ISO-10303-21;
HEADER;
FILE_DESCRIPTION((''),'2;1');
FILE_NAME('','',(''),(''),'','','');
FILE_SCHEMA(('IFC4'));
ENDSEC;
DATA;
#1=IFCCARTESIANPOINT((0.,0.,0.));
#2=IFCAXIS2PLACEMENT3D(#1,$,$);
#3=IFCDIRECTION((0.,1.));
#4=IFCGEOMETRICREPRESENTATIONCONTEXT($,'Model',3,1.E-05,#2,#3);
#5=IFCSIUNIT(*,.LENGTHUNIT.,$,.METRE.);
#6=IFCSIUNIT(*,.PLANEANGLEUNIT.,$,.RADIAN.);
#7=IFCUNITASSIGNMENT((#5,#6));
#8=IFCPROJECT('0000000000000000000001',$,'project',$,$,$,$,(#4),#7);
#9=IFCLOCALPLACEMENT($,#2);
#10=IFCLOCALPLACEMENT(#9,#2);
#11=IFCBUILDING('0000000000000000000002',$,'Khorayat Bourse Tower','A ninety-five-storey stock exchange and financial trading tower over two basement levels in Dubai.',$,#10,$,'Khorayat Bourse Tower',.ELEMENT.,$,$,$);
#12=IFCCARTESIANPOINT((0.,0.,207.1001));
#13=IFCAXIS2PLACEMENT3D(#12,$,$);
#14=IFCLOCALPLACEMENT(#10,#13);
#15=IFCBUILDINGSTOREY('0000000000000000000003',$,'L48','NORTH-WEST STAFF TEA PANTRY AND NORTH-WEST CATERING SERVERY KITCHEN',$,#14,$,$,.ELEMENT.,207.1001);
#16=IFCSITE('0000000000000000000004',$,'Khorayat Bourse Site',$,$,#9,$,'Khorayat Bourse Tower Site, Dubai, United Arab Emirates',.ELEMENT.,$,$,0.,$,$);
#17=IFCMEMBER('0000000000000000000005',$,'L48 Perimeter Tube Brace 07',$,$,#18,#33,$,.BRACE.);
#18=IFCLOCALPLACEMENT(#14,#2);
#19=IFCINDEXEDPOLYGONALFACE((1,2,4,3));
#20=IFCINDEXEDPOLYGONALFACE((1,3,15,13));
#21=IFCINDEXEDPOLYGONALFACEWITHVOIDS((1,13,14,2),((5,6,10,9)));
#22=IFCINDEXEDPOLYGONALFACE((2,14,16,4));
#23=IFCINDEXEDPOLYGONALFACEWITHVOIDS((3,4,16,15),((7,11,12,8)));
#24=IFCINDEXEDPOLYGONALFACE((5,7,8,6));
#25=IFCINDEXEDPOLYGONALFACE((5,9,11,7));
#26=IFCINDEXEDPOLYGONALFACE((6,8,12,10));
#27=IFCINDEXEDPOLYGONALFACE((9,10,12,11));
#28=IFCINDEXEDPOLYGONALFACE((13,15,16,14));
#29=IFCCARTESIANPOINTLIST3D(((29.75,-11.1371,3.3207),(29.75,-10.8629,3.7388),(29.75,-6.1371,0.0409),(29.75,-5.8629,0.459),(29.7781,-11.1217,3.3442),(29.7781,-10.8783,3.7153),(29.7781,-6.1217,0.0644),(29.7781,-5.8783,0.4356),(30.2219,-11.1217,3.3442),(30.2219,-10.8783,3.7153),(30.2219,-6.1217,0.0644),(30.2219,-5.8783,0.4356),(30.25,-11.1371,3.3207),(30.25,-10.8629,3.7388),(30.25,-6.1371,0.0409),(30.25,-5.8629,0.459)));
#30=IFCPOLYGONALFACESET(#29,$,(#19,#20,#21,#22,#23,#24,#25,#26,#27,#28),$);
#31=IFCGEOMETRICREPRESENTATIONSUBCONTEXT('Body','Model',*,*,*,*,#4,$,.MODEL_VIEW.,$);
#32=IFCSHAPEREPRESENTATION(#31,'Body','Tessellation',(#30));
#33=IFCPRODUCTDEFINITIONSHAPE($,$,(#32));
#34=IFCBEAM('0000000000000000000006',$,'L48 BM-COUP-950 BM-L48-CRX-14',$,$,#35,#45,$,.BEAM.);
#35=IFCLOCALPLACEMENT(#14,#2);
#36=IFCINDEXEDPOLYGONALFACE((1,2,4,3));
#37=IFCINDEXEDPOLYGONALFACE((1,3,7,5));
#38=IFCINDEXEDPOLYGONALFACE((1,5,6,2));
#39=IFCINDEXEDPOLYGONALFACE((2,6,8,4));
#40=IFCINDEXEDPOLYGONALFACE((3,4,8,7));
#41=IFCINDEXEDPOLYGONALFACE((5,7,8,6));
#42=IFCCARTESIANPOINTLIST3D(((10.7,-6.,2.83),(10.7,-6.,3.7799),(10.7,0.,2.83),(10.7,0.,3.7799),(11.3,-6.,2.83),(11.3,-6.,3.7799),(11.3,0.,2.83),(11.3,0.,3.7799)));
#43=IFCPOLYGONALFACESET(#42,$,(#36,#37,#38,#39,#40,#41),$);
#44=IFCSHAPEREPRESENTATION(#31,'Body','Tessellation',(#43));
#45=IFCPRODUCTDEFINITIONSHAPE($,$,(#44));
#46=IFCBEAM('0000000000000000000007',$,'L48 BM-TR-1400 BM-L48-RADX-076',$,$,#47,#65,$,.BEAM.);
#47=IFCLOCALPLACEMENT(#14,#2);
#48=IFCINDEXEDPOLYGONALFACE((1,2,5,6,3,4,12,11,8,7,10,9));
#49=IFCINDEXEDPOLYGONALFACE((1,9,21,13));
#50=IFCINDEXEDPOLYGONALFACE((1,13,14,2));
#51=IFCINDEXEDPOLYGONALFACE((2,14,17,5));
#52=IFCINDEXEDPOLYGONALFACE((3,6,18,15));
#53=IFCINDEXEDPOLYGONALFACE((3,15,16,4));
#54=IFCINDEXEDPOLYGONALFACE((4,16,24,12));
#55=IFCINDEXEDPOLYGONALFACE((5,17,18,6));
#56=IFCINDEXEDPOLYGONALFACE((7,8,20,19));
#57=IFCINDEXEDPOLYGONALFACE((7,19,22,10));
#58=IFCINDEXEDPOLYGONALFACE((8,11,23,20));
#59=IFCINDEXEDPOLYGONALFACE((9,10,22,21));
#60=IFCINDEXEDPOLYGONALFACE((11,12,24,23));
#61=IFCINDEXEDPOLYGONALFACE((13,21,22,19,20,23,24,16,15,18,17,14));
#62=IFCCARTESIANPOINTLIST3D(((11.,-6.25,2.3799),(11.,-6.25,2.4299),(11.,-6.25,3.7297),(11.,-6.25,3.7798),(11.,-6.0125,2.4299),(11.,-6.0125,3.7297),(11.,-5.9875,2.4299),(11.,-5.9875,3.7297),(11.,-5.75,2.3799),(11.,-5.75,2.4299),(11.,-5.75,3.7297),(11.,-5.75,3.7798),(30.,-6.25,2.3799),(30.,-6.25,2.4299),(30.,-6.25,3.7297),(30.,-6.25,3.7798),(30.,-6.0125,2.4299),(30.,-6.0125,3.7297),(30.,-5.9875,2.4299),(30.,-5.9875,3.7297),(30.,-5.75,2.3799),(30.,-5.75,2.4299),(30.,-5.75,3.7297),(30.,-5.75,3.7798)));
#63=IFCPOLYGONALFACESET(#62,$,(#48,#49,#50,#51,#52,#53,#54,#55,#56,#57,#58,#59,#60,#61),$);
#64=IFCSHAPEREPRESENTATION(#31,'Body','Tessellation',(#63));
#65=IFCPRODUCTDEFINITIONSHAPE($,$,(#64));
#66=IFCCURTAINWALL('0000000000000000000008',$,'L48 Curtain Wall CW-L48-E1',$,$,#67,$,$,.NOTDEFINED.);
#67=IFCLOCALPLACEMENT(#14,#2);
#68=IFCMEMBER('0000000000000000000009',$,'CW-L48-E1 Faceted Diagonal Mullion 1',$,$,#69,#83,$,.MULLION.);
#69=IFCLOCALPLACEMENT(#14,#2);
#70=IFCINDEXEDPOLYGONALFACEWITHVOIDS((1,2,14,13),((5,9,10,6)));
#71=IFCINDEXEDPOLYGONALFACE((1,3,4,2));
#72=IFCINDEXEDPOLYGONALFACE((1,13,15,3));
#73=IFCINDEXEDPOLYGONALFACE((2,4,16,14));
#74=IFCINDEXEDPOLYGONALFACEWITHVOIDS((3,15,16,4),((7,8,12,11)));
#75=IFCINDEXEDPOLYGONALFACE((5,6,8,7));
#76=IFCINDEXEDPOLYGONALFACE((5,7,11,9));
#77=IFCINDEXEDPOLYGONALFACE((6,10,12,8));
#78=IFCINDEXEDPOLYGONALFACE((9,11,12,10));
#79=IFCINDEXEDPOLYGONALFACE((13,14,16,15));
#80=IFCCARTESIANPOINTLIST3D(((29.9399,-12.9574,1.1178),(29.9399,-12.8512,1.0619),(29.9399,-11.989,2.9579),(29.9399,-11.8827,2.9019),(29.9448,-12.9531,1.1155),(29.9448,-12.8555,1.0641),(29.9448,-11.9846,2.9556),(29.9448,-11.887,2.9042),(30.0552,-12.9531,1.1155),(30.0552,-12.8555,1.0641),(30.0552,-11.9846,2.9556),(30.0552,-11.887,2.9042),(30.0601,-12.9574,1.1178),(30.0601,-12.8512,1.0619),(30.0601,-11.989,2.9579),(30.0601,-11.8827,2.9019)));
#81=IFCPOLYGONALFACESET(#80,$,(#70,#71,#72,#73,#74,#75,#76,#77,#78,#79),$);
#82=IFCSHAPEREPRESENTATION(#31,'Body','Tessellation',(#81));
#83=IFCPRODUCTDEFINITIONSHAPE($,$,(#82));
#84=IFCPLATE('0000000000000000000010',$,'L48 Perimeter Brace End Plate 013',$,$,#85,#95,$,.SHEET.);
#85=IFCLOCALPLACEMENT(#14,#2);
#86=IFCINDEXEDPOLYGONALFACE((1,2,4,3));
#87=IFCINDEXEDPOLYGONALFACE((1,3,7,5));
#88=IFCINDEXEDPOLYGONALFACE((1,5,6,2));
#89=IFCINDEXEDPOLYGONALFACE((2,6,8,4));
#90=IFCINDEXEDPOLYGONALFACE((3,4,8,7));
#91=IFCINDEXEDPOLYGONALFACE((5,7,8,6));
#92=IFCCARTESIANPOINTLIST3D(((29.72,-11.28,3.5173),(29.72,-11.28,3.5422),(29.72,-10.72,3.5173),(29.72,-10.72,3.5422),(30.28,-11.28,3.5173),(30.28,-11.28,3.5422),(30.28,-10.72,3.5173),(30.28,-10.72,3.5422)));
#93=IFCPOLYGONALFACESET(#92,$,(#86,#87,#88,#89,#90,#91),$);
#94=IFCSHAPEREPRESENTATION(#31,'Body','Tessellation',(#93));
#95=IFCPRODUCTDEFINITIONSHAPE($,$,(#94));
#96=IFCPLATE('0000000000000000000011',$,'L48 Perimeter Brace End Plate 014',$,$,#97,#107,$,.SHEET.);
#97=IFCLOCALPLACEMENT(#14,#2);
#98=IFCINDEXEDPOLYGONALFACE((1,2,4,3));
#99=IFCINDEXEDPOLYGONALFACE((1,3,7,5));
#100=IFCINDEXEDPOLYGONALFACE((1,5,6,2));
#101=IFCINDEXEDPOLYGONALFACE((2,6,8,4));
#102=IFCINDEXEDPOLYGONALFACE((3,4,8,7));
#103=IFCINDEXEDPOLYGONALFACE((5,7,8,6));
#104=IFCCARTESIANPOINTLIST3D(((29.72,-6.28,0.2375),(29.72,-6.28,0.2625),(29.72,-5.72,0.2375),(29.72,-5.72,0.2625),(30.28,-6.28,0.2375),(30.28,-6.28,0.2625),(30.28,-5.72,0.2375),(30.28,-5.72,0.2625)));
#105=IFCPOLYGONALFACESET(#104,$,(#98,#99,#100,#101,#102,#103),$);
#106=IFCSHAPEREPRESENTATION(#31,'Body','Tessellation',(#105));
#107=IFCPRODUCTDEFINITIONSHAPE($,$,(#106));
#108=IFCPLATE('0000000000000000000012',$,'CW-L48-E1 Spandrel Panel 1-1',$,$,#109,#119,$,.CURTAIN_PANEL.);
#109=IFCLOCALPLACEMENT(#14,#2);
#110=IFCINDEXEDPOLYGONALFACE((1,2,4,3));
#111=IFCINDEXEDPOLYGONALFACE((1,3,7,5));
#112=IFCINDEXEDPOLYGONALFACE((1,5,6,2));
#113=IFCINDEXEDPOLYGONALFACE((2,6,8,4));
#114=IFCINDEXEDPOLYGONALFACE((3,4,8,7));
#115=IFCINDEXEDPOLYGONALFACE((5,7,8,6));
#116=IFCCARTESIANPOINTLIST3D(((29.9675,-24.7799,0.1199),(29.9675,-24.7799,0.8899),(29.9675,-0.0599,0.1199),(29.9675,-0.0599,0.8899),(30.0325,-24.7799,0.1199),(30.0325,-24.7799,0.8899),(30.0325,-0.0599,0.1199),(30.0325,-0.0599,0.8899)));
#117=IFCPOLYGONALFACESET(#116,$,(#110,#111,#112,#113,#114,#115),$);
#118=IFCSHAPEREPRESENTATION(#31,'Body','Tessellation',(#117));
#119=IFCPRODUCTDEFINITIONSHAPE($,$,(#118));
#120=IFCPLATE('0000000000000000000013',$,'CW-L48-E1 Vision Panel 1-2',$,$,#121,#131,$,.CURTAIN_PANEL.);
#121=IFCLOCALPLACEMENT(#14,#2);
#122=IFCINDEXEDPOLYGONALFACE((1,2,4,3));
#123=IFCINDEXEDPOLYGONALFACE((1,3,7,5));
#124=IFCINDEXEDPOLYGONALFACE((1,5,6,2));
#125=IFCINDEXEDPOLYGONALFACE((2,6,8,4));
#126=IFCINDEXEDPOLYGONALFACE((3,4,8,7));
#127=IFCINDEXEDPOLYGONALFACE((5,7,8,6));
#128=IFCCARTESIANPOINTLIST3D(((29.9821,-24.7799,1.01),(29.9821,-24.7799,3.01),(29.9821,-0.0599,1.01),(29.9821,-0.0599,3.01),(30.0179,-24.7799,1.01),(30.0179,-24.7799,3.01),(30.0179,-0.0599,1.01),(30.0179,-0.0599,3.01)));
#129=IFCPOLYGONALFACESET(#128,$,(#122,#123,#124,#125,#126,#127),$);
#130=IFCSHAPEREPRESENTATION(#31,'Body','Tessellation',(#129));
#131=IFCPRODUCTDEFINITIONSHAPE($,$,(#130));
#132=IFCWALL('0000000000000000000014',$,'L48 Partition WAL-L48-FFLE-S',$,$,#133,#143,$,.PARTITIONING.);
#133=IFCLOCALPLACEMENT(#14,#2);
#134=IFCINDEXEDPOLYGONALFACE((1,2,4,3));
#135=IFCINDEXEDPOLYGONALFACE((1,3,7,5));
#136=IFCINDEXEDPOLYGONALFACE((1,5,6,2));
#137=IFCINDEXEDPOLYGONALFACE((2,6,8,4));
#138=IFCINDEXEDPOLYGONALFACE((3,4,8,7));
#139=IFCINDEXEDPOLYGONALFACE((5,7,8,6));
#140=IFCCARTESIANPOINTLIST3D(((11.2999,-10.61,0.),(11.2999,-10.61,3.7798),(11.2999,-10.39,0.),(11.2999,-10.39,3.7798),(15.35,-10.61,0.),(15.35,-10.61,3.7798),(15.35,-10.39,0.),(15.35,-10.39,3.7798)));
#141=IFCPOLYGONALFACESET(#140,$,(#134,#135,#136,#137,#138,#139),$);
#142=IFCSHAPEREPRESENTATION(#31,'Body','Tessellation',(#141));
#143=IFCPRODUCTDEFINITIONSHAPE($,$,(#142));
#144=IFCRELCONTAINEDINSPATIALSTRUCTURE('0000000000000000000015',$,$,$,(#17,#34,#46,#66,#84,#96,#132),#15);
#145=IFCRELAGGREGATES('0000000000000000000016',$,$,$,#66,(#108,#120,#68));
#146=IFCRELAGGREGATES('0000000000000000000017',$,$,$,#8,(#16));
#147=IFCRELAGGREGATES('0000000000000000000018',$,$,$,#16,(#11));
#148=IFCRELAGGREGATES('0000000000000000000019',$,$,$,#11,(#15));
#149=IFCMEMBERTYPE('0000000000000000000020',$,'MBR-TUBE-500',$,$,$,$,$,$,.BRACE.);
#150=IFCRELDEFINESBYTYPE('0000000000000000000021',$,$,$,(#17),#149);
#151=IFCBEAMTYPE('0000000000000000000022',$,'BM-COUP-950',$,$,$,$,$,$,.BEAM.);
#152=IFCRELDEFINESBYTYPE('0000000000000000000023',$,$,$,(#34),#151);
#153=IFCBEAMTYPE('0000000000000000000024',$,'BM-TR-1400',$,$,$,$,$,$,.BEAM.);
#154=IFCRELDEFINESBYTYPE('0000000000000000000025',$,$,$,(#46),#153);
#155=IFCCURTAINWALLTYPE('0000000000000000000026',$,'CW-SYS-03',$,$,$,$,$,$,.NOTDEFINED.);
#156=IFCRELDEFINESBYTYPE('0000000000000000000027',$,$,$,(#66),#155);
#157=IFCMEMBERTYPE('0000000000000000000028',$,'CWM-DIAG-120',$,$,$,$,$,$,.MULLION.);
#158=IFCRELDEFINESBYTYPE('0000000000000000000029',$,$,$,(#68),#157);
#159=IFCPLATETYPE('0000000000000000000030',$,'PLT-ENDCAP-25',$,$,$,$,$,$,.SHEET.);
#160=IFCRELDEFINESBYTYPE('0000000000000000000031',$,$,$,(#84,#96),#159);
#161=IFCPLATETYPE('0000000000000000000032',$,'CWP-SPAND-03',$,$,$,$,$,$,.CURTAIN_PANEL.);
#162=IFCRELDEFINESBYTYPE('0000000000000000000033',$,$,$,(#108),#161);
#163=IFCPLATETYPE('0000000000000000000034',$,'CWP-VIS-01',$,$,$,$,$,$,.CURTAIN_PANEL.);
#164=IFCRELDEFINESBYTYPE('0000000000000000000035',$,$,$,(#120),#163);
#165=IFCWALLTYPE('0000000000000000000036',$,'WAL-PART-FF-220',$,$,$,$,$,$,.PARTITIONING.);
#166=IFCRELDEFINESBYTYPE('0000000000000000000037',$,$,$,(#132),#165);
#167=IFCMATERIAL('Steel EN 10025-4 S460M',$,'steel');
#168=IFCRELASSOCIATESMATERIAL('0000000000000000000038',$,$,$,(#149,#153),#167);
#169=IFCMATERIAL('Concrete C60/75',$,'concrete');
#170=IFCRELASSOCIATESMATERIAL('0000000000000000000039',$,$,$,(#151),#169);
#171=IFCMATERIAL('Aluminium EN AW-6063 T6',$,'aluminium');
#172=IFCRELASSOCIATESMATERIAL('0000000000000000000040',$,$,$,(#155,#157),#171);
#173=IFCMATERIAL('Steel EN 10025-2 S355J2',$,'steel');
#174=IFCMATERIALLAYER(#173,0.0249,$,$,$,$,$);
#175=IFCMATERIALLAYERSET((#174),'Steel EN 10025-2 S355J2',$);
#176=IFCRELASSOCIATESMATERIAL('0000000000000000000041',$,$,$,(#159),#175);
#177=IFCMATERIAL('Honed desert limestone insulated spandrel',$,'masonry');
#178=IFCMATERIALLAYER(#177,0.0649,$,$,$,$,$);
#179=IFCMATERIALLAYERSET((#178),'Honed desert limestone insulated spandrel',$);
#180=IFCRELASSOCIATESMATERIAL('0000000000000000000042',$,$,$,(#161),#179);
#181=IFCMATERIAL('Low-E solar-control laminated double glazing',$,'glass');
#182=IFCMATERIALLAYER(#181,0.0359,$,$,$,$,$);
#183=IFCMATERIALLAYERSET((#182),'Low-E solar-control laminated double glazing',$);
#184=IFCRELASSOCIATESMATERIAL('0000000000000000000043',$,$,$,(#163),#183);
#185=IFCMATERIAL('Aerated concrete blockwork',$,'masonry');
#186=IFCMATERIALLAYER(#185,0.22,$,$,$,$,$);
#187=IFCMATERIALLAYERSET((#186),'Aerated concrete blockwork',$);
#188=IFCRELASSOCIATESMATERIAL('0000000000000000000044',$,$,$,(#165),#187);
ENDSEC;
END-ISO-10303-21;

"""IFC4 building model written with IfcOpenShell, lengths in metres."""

from ifc_helpers import new_model, si_unit, direction, frame, frame_2d, origin, origin_2d, place, context, subcontext, project, spatial, rectangle, hollow_rectangle, i_section, extrude, source, transform, mapped, material, layer, layer_set, material_profile, profile_set, type_object, element, aggregate, save


model = new_model("IFC4")

# Units and contexts
model_context = context("Model", 3, precision=1e-05, world=origin(), true_north=direction((0.0, 1.0)))
body_context = subcontext(model_context, "Body", "Model", "MODEL_VIEW")
ifc_project = project(units=[si_unit("LENGTHUNIT", "METRE"), si_unit("PLANEANGLEUNIT", "RADIAN")], contexts=[model_context])

# Site, building, storey
site_placement = place(None, origin())
site = spatial("IfcSite", under=ifc_project, at=site_placement, Name="Khorayat Bourse Site", LongName="Khorayat Bourse Tower Site, Dubai, United Arab Emirates", CompositionType="ELEMENT", RefElevation=0.0)
building_placement = place(site_placement, origin())
building = spatial("IfcBuilding", under=site, at=building_placement, Name="Khorayat Bourse Tower", Description="A ninety-five-storey stock exchange and financial trading tower over two basement levels in Dubai.", LongName="Khorayat Bourse Tower", CompositionType="ELEMENT")
storey_placement = place(building_placement, frame((0.0, 0.0, 207.1001)))
storey = spatial("IfcBuildingStorey", under=building, at=storey_placement, Name="L48", Description="NORTH-WEST STAFF TEA PANTRY AND NORTH-WEST CATERING SERVERY KITCHEN", CompositionType="ELEMENT", Elevation=207.1001)

# Shared definitions
ifc_material_1 = material(Name="Steel EN 10025-4 S460M", Category="steel")
ifc_material_2 = material(Name="Concrete C60/75", Category="concrete")

# Member
ifc_material_profile_1 = material_profile(ifc_material_1, hollow_rectangle(XDim=0.5, YDim=0.5, WallThickness=0.0281, at=origin_2d()), Name="HSS 500x500x28")
ifc_profile_set_1 = profile_set([ifc_material_profile_1], Name="Steel EN 10025-4 S460M")
member_type_1 = type_object("IfcMemberType", Name="MBR-TUBE-500", PredefinedType="BRACE", material=ifc_profile_set_1)
shared_shape_1 = source(origin(), body_context, "Body", "SweptSolid", [
    extrude(hollow_rectangle(XDim=0.5, YDim=0.5, WallThickness=0.0281, at=origin_2d()), origin(), (0.0, 0.0, 1.0), 5.9797),
])
member_1_placement = place(storey_placement, frame((30.0, -11.0, 3.5298), z_axis=(0.0, 0.83616, -0.548485), x_axis=(-1.0, 0.0, 0.0)))
element("IfcMember", 1, at=member_1_placement, inside=storey, type_object=member_type_1, Name="L48 Perimeter Tube Brace 07", PredefinedType="BRACE", context=body_context, shape_type="MappedRepresentation", body=[
    mapped(shared_shape_1, transform((0.0, 0.0, 0.0), scale=1.0)),
])

# Beams
ifc_material_profile_2 = material_profile(ifc_material_2, rectangle(XDim=0.6001, YDim=0.95, at=origin_2d()), Name="RC 600x950")
ifc_profile_set_2 = profile_set([ifc_material_profile_2], Name="Concrete C60/75")
beam_type_1 = type_object("IfcBeamType", Name="BM-COUP-950", PredefinedType="BEAM", material=ifc_profile_set_2)
shared_shape_2 = source(origin(), body_context, "Body", "SweptSolid", [
    extrude(rectangle(XDim=0.6001, YDim=0.95, at=origin_2d()), origin(), (0.0, 0.0, 1.0), 6.0),
])
beam_1_placement = place(storey_placement, frame((11.0, -6.0, 3.3049), z_axis=(0.0, 1.0, 0.0), x_axis=(-1.0, 0.0, 0.0)))
element("IfcBeam", 2, at=beam_1_placement, inside=storey, type_object=beam_type_1, Name="L48 BM-COUP-950 BM-L48-CRX-14", PredefinedType="BEAM", context=body_context, shape_type="MappedRepresentation", body=[
    mapped(shared_shape_2, transform((0.0, 0.0, 0.0), scale=1.0)),
])
ifc_material_profile_3 = material_profile(ifc_material_1, i_section(OverallWidth=0.5, OverallDepth=1.3999, WebThickness=0.0249, FlangeThickness=0.05, at=origin_2d()), Name="PG 1400x500x25x50")
ifc_profile_set_3 = profile_set([ifc_material_profile_3], Name="Steel EN 10025-4 S460M")
beam_type_2 = type_object("IfcBeamType", Name="BM-TR-1400", PredefinedType="BEAM", material=ifc_profile_set_3)
shared_shape_3 = source(origin(), body_context, "Body", "SweptSolid", [
    extrude(i_section(OverallWidth=0.5, OverallDepth=1.3999, WebThickness=0.0249, FlangeThickness=0.05, at=origin_2d()), origin(), (0.0, 0.0, 1.0), 19.0),
])
beam_2_placement = place(storey_placement, frame((11.0, -6.0, 3.0798), z_axis=(1.0, 0.0, 0.0), x_axis=(0.0, 1.0, 0.0)))
element("IfcBeam", 3, at=beam_2_placement, inside=storey, type_object=beam_type_2, Name="L48 BM-TR-1400 BM-L48-RADX-076", PredefinedType="BEAM", context=body_context, shape_type="MappedRepresentation", body=[
    mapped(shared_shape_3, transform((0.0, 0.0, 0.0), scale=1.0)),
])

# Curtain wall, member
ifc_material_3 = material(Name="Aluminium EN AW-6063 T6", Category="aluminium")
curtain_wall_type = type_object("IfcCurtainWallType", Name="CW-SYS-03", PredefinedType="NOTDEFINED", material=ifc_material_3)
curtain_wall_placement = place(storey_placement, origin())
curtain_wall = element("IfcCurtainWall", 4, at=curtain_wall_placement, inside=storey, type_object=curtain_wall_type, Name="L48 Curtain Wall CW-L48-E1", PredefinedType="NOTDEFINED")
ifc_material_profile_4 = material_profile(ifc_material_3, hollow_rectangle(XDim=0.1201, YDim=0.1201, WallThickness=0.0049, at=origin_2d()), Name="ALU 120x120x5")
ifc_profile_set_4 = profile_set([ifc_material_profile_4], Name="Aluminium EN AW-6063 T6")
member_type_2 = type_object("IfcMemberType", Name="CWM-DIAG-120", PredefinedType="MULLION", material=ifc_profile_set_4)
shared_shape_4 = source(origin(), body_context, "Body", "SweptSolid", [
    extrude(hollow_rectangle(XDim=0.1201, YDim=0.1201, WallThickness=0.0049, at=origin_2d()), origin(), (0.0, 0.0, 1.0), 2.0793),
])
member_2_placement = place(storey_placement, frame((30.0, -12.9043, 1.0898), z_axis=(0.0, 0.465761, 0.884911), x_axis=(-1.0, 0.0, 0.0)))
member_2 = element("IfcMember", 5, at=member_2_placement, type_object=member_type_2, Name="CW-L48-E1 Faceted Diagonal Mullion 1", PredefinedType="MULLION", context=body_context, shape_type="MappedRepresentation", body=[
    mapped(shared_shape_4, transform((0.0, 0.0, 0.0), scale=1.0)),
])

# Plates
ifc_material_4 = material(Name="Steel EN 10025-2 S355J2", Category="steel")
ifc_layer_1 = layer(ifc_material_4, 0.0249)
ifc_layer_set_1 = layer_set([ifc_layer_1], Name="Steel EN 10025-2 S355J2")
plate_type_1 = type_object("IfcPlateType", Name="PLT-ENDCAP-25", PredefinedType="SHEET", material=ifc_layer_set_1)
shared_shape_5 = source(origin(), body_context, "Body", "SweptSolid", [
    extrude(rectangle(XDim=0.5601, YDim=0.5601, at=origin_2d()), origin(), (0.0, 0.0, 1.0), 0.0249),
])
for number, where, z_axis, x_axis, name in (
    (6, (30.0, -11.0, 3.5173), (0.0, 0.0, 1.0), (1.0, 0.0, 0.0), "L48 Perimeter Brace End Plate 013"),
    (7, (30.0, -6.0, 0.2375), (0.0, 0.0, 1.0), (1.0, 0.0, 0.0), "L48 Perimeter Brace End Plate 014"),
):
    element("IfcPlate", number, at=place(storey_placement, frame(where, z_axis=z_axis, x_axis=x_axis)), inside=storey, type_object=plate_type_1, Name=name, PredefinedType="SHEET", context=body_context, shape_type="MappedRepresentation", body=[
        mapped(shared_shape_5, transform((0.0, 0.0, 0.0), scale=1.0)),
    ])

# Plates
ifc_material_5 = material(Name="Honed desert limestone insulated spandrel", Category="masonry")
ifc_layer_2 = layer(ifc_material_5, 0.0649)
ifc_layer_set_2 = layer_set([ifc_layer_2], Name="Honed desert limestone insulated spandrel")
plate_type_2 = type_object("IfcPlateType", Name="CWP-SPAND-03", PredefinedType="CURTAIN_PANEL", material=ifc_layer_set_2)
shared_shape_6 = source(origin(), body_context, "Body", "SweptSolid", [
    extrude(rectangle(XDim=24.72, YDim=0.0649, at=origin_2d()), origin(), (0.0, 0.0, 1.0), 0.77),
])
plate_1_placement = place(storey_placement, frame((30.0, -12.4199, 0.1199), z_axis=(0.0, 0.0, 1.0), x_axis=(0.0, 1.0, 0.0)))
plate_1 = element("IfcPlate", 8, at=plate_1_placement, type_object=plate_type_2, Name="CW-L48-E1 Spandrel Panel 1-1", PredefinedType="CURTAIN_PANEL", context=body_context, shape_type="MappedRepresentation", body=[
    mapped(shared_shape_6, transform((0.0, 0.0, 0.0), scale=1.0)),
])
ifc_material_6 = material(Name="Low-E solar-control laminated double glazing", Category="glass")
ifc_layer_3 = layer(ifc_material_6, 0.0359)
ifc_layer_set_3 = layer_set([ifc_layer_3], Name="Low-E solar-control laminated double glazing")
plate_type_3 = type_object("IfcPlateType", Name="CWP-VIS-01", PredefinedType="CURTAIN_PANEL", material=ifc_layer_set_3)
shared_shape_7 = source(origin(), body_context, "Body", "SweptSolid", [
    extrude(rectangle(XDim=24.72, YDim=0.0359, at=origin_2d()), origin(), (0.0, 0.0, 1.0), 2.0),
])
plate_2_placement = place(storey_placement, frame((30.0, -12.4199, 1.01), z_axis=(0.0, 0.0, 1.0), x_axis=(0.0, 1.0, 0.0)))
plate_2 = element("IfcPlate", 9, at=plate_2_placement, type_object=plate_type_3, Name="CW-L48-E1 Vision Panel 1-2", PredefinedType="CURTAIN_PANEL", context=body_context, shape_type="MappedRepresentation", body=[
    mapped(shared_shape_7, transform((0.0, 0.0, 0.0), scale=1.0)),
])
aggregate(curtain_wall, [plate_1, plate_2, member_2])

# Wall
ifc_material_7 = material(Name="Aerated concrete blockwork", Category="masonry")
ifc_layer_4 = layer(ifc_material_7, 0.22)
ifc_layer_set_4 = layer_set([ifc_layer_4], Name="Aerated concrete blockwork")
wall_type_1 = type_object("IfcWallType", Name="WAL-PART-FF-220", PredefinedType="PARTITIONING", material=ifc_layer_set_4)
shared_shape_8 = source(origin(), body_context, "Body", "SweptSolid", [
    extrude(rectangle(XDim=4.05, YDim=0.22, at=frame_2d((2.0249, 0.0))), origin(), (0.0, 0.0, 1.0), 3.7798),
])
wall_1_placement = place(storey_placement, frame((11.3, -10.5, 0.0), z_axis=(0.0, 0.0, 1.0), x_axis=(1.0, 0.0, 0.0)))
element("IfcWall", 10, at=wall_1_placement, inside=storey, type_object=wall_type_1, Name="L48 Partition WAL-L48-FFLE-S", PredefinedType="PARTITIONING", context=body_context, shape_type="MappedRepresentation", body=[
    mapped(shared_shape_8, transform((0.0, 0.0, 0.0), scale=1.0)),
])

save(model, "model.ifc")
